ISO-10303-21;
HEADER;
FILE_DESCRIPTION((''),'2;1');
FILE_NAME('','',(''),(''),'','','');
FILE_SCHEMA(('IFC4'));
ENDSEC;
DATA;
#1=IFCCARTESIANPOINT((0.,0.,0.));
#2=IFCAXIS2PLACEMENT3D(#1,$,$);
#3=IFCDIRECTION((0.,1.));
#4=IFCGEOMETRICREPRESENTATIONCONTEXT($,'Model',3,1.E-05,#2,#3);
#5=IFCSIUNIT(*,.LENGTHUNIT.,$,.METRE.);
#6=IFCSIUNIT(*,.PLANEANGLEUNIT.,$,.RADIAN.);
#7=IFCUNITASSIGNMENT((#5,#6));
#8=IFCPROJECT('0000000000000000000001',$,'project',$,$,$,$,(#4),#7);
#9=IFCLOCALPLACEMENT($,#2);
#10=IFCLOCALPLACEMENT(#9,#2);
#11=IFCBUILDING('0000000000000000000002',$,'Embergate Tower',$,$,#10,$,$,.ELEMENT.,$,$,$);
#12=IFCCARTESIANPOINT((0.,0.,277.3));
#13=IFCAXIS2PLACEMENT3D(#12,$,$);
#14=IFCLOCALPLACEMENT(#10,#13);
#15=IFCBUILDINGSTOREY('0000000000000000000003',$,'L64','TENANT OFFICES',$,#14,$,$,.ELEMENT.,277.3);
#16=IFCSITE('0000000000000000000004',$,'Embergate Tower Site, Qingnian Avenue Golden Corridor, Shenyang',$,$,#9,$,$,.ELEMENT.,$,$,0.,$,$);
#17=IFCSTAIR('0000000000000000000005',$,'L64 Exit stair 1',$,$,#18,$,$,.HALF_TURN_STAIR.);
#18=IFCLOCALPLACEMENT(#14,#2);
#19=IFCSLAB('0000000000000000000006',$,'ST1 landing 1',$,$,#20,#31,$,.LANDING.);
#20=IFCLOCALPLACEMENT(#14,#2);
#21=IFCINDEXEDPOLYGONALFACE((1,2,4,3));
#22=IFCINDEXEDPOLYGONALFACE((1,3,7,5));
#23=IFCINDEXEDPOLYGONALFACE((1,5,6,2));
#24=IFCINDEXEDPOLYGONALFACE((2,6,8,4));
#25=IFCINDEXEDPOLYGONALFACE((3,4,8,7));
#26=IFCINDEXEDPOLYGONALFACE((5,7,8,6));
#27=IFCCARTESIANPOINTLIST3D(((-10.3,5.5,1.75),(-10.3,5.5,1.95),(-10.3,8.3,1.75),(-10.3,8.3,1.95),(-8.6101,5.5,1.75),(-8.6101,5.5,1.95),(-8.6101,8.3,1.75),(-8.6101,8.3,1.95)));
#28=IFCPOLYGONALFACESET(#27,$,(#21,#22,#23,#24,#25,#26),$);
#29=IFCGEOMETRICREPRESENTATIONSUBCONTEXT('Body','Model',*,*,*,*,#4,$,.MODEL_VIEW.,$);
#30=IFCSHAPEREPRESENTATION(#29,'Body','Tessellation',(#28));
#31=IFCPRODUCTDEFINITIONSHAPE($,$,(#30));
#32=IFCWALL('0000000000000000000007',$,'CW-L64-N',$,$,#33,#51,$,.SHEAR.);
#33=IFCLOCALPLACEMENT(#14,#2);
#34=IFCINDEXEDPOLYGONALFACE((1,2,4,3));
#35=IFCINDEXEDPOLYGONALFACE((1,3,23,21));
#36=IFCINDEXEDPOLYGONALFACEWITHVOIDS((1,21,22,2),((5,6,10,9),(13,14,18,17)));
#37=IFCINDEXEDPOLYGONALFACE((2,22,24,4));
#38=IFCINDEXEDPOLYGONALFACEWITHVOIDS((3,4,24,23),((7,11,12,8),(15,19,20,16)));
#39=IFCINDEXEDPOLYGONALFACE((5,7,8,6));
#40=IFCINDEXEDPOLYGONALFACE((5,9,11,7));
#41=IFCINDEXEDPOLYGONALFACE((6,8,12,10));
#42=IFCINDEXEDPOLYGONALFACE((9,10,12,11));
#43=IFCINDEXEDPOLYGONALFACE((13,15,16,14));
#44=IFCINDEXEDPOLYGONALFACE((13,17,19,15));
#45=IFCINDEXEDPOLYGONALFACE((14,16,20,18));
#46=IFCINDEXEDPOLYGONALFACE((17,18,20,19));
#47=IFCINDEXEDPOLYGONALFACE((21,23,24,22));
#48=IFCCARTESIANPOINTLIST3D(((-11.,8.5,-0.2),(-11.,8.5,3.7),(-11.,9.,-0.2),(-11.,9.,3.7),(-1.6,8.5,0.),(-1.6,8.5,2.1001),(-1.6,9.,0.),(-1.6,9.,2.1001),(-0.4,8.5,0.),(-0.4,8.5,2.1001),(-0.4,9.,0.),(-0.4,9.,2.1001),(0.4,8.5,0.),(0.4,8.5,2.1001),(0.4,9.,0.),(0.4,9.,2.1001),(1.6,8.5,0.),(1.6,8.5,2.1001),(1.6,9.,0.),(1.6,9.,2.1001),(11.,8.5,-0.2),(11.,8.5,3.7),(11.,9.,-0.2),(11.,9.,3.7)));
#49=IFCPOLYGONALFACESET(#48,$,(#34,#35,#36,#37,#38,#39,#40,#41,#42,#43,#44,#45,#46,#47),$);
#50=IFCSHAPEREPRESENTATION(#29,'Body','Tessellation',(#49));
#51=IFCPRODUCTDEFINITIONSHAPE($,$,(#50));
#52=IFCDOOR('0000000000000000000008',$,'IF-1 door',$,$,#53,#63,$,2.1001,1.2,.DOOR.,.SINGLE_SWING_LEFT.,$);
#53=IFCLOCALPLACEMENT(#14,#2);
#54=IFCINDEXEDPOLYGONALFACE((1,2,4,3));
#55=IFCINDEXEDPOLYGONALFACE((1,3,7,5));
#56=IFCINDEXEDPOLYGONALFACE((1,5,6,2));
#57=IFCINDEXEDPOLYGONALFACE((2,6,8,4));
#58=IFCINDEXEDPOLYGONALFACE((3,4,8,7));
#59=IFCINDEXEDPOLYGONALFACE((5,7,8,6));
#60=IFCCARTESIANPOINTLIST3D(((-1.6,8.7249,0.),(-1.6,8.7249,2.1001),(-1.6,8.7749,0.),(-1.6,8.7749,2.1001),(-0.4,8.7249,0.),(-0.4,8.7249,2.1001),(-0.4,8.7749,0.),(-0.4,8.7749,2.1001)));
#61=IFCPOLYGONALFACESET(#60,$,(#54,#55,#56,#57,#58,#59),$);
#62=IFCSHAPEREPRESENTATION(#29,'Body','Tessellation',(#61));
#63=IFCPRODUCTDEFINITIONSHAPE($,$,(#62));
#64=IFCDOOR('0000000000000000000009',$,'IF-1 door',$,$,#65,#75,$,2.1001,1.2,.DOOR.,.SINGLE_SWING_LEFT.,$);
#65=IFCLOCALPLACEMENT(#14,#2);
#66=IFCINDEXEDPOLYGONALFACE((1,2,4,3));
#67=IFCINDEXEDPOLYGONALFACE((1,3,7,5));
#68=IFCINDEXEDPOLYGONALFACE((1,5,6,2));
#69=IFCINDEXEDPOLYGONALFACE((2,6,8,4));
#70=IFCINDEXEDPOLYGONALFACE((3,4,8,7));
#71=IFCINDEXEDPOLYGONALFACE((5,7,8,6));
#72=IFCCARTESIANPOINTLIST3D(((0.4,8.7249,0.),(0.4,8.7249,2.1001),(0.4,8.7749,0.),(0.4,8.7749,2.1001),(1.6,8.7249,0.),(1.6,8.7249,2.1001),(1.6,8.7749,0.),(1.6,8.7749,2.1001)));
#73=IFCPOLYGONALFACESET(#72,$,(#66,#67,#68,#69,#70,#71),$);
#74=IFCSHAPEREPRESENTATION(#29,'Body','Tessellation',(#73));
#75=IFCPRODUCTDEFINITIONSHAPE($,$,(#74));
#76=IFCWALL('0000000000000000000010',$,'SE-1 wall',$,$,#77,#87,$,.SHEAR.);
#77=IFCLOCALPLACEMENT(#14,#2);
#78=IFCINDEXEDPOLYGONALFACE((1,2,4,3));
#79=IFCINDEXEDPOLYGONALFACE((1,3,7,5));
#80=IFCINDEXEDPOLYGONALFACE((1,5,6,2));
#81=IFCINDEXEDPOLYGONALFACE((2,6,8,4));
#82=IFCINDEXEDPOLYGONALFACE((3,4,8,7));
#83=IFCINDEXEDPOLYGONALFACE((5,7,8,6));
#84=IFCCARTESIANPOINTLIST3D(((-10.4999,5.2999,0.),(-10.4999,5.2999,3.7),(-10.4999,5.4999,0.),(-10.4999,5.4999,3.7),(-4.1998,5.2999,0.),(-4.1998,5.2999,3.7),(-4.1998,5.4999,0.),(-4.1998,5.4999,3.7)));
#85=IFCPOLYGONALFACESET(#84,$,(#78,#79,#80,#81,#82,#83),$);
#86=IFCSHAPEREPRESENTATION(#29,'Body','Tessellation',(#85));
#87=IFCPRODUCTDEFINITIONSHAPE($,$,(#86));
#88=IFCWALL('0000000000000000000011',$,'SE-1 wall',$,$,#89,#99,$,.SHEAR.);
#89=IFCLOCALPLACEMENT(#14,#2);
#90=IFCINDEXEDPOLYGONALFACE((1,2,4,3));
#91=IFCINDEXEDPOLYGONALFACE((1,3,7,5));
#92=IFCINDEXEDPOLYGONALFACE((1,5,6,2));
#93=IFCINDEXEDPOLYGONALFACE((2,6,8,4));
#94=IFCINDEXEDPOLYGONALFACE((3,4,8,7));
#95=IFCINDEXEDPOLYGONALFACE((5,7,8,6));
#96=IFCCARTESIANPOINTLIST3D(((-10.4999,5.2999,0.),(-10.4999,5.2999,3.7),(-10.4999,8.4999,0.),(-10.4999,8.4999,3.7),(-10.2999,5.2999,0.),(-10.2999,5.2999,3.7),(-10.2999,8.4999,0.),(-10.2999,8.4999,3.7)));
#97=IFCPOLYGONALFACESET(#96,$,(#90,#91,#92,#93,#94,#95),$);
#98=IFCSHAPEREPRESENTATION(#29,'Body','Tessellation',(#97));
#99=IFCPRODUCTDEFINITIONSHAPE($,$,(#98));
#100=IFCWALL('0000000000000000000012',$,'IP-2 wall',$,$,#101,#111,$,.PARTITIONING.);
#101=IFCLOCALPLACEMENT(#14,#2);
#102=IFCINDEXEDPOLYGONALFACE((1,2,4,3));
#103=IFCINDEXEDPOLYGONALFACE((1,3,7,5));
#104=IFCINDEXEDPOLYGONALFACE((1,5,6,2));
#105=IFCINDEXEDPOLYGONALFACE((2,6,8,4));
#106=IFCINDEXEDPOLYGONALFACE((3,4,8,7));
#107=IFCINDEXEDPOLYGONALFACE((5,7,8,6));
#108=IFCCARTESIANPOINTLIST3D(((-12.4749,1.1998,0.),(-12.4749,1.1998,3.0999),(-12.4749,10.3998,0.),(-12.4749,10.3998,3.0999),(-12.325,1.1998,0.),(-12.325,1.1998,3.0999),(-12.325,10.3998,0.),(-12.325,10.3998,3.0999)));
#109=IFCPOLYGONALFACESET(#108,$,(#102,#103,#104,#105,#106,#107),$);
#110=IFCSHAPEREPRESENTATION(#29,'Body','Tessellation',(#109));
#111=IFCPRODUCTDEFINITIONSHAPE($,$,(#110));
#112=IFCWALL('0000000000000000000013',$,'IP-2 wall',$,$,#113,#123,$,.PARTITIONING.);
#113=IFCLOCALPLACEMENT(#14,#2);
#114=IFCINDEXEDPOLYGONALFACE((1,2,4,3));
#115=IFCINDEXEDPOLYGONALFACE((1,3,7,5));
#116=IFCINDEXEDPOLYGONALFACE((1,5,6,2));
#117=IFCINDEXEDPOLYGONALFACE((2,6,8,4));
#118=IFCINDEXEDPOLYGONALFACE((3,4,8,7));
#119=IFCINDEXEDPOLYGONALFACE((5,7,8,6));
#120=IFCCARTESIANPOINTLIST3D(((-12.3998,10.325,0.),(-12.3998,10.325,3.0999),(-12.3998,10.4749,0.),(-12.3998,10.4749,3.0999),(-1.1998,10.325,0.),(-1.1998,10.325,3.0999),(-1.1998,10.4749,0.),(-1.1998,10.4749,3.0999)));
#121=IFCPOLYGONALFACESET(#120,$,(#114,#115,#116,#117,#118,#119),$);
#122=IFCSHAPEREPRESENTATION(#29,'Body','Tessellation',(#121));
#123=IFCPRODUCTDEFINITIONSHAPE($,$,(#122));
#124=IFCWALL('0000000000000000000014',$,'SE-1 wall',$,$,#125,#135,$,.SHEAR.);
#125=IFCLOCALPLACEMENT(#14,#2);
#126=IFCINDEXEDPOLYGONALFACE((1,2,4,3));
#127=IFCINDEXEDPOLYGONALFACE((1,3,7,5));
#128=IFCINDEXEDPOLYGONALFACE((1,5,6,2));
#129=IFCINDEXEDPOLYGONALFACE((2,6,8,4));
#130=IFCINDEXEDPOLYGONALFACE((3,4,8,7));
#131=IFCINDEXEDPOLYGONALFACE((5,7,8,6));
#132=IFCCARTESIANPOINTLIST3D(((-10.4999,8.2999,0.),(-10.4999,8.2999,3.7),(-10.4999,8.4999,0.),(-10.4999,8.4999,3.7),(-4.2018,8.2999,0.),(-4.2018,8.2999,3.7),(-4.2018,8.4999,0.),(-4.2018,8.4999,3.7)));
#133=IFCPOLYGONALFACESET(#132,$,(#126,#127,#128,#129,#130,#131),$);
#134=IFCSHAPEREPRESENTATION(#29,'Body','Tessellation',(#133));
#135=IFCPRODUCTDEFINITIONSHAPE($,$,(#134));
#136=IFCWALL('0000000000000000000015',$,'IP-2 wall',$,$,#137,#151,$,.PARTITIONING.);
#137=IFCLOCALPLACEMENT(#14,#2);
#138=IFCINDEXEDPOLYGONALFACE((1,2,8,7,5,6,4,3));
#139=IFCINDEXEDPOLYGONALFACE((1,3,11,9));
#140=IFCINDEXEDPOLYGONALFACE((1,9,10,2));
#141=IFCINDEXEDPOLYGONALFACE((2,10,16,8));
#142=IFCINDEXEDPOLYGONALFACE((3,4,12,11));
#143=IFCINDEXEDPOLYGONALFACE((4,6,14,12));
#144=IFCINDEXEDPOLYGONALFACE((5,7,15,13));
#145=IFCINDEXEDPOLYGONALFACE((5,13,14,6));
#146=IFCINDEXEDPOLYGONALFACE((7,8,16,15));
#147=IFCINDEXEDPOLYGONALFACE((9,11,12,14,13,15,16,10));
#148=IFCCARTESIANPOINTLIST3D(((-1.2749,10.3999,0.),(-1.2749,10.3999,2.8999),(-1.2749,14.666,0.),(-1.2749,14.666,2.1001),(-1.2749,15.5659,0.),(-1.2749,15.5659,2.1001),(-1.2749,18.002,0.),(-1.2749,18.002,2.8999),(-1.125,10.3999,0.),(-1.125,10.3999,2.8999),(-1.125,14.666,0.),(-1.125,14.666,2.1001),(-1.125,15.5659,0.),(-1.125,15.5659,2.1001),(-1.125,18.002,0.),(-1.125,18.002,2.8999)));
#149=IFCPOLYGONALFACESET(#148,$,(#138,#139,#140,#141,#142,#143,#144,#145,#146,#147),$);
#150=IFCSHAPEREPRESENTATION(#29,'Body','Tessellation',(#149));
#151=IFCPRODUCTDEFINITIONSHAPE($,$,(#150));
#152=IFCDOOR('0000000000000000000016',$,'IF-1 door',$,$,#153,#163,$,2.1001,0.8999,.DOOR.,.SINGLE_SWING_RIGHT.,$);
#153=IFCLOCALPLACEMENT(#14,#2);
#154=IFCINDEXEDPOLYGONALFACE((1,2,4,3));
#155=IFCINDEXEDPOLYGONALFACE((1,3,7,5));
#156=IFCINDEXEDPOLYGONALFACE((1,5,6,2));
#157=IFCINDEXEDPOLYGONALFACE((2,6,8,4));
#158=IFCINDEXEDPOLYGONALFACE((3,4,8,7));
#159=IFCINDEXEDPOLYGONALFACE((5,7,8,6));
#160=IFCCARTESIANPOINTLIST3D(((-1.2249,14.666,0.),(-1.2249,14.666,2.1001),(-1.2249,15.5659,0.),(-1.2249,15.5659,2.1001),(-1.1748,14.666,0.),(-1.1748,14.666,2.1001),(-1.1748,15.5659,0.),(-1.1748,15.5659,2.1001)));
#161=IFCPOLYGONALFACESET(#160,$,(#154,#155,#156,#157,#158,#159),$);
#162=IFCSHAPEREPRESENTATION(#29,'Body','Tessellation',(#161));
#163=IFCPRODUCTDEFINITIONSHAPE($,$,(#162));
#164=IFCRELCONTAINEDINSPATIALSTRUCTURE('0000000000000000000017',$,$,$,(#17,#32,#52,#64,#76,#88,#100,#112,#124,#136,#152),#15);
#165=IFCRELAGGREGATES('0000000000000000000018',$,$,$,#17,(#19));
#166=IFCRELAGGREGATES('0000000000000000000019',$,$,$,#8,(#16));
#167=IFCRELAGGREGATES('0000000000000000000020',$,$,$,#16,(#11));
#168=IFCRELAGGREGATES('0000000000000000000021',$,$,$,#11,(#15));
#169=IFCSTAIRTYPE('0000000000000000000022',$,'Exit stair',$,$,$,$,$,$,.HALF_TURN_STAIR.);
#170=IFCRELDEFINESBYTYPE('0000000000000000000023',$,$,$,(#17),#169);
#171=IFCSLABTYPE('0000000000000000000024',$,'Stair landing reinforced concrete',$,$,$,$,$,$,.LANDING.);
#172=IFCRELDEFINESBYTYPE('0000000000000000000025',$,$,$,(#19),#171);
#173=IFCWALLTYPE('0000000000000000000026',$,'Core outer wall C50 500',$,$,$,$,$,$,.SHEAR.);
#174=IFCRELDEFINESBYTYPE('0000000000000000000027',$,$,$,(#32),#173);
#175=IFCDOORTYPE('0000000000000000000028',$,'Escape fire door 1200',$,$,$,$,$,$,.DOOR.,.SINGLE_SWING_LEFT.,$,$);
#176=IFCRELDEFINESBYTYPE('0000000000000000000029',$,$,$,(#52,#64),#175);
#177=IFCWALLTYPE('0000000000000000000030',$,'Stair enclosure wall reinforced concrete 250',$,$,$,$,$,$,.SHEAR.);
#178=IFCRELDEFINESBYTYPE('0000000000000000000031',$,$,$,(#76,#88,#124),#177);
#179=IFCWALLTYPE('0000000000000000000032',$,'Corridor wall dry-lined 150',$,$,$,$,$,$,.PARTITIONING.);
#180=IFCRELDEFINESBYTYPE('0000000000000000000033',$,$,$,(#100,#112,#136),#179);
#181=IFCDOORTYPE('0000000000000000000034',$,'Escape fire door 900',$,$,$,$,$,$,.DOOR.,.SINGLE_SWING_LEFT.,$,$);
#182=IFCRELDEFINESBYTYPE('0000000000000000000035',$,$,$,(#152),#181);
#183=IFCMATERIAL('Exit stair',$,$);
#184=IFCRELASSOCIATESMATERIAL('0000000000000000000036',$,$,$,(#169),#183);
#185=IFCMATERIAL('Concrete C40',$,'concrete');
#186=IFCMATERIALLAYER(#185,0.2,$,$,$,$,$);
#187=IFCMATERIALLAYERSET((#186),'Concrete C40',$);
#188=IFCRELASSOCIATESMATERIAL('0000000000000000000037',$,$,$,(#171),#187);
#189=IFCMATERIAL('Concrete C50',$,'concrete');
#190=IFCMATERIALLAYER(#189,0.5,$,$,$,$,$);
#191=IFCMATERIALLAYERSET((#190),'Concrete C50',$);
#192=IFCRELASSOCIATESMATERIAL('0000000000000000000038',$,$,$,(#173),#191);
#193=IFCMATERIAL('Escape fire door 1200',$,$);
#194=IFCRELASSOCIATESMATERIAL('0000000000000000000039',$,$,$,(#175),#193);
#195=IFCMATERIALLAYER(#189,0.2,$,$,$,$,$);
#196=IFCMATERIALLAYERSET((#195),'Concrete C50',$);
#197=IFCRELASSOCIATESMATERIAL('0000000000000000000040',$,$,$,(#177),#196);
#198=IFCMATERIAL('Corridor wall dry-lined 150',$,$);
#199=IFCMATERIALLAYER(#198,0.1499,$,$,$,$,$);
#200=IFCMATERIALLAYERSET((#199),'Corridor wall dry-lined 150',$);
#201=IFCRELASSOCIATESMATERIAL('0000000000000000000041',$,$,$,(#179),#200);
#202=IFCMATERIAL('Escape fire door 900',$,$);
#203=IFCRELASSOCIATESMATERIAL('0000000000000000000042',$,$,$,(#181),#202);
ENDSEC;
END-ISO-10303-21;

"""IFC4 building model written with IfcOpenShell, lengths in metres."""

from ifc_helpers import new_model, si_unit, direction, frame, frame_2d, origin, place, context, subcontext, project, spatial, polyline, rectangle, outline, extrude, source, transform, mapped, material, layer, layer_set, type_object, element, fill, aggregate, save


model = new_model("IFC4")

# Units and contexts
model_context = context("Model", 3, precision=1e-05, world=origin(), true_north=direction((0.0, 1.0)))
body_context = subcontext(model_context, "Body", "Model", "MODEL_VIEW")
ifc_project = project(units=[si_unit("LENGTHUNIT", "METRE"), si_unit("PLANEANGLEUNIT", "RADIAN")], contexts=[model_context])

# Site, building, storey
site_placement = place(None, origin())
site = spatial("IfcSite", under=ifc_project, at=site_placement, Name="Embergate Tower Site, Qingnian Avenue Golden Corridor, Shenyang", CompositionType="ELEMENT", RefElevation=0.0)
building_placement = place(site_placement, origin())
building = spatial("IfcBuilding", under=site, at=building_placement, Name="Embergate Tower", CompositionType="ELEMENT")
storey_placement = place(building_placement, frame((0.0, 0.0, 277.3)))
storey = spatial("IfcBuildingStorey", under=building, at=storey_placement, Name="L64", Description="TENANT OFFICES", CompositionType="ELEMENT", Elevation=277.3)

# Stair, slab
ifc_material_1 = material(Name="Exit stair")
stair_type = type_object("IfcStairType", Name="Exit stair", PredefinedType="HALF_TURN_STAIR", material=ifc_material_1)
stair_placement = place(storey_placement, origin())
stair = element("IfcStair", 1, at=stair_placement, inside=storey, type_object=stair_type, Name="L64 Exit stair 1", PredefinedType="HALF_TURN_STAIR")
ifc_material_2 = material(Name="Concrete C40", Category="concrete")
ifc_layer_1 = layer(ifc_material_2, 0.2)
ifc_layer_set_1 = layer_set([ifc_layer_1], Name="Concrete C40")
slab_type = type_object("IfcSlabType", Name="Stair landing reinforced concrete", PredefinedType="LANDING", material=ifc_layer_set_1)
shared_shape_1 = source(origin(), body_context, "Body", "SweptSolid", [
    extrude(outline(polyline([(0.0, 0.0), (1.6899, 0.0), (1.6899, 2.8), (0.0, 2.8), (0.0, 0.0)])), origin(), (0.0, 0.0, 1.0), 0.2),
])
slab_placement = place(storey_placement, frame((-10.3, 5.5, 1.75)))
slab = element("IfcSlab", 2, at=slab_placement, type_object=slab_type, Name="ST1 landing 1", PredefinedType="LANDING", context=body_context, shape_type="MappedRepresentation", body=[
    mapped(shared_shape_1, transform((0.0, 0.0, 0.0))),
])

# Wall, openings, doors
ifc_material_3 = material(Name="Concrete C50", Category="concrete")
ifc_layer_2 = layer(ifc_material_3, 0.5)
ifc_layer_set_2 = layer_set([ifc_layer_2], Name="Concrete C50")
wall_type_1 = type_object("IfcWallType", Name="Core outer wall C50 500", PredefinedType="SHEAR", material=ifc_layer_set_2)
shared_shape_2 = source(origin(), body_context, "Body", "SweptSolid", [
    extrude(rectangle(XDim=22.0, YDim=0.5, at=frame_2d((11.0, 0.0))), origin(), (0.0, 0.0, 1.0), 3.8999),
])
wall_1_placement = place(storey_placement, frame((-11.0, 8.75, -0.2), z_axis=(0.0, 0.0, 1.0), x_axis=(1.0, 0.0, 0.0)))
wall_1 = element("IfcWall", 3, at=wall_1_placement, inside=storey, type_object=wall_type_1, Name="CW-L64-N", PredefinedType="SHEAR", context=body_context, shape_type="MappedRepresentation", body=[
    mapped(shared_shape_2, transform((0.0, 0.0, 0.0))),
])
shared_shape_3 = source(origin(), body_context, "Body", "SweptSolid", [
    extrude(rectangle(XDim=1.2, YDim=2.1001, at=frame_2d((0.6001, 1.05))), frame((0.0, 0.26, 0.0), z_axis=(0.0, -1.0, 0.0), x_axis=(1.0, 0.0, 0.0)), (0.0, 0.0, 1.0), 0.52),
])
opening_1_placement = place(wall_1_placement, frame((9.3999, 0.0, 0.2)))
opening_1 = element("IfcOpeningElement", 4, at=opening_1_placement, cuts=wall_1, PredefinedType="OPENING", context=body_context, shape_type="MappedRepresentation", body=[
    mapped(shared_shape_3, transform((0.0, 0.0, 0.0))),
])
opening_2_placement = place(wall_1_placement, frame((11.3999, 0.0, 0.2)))
opening_2 = element("IfcOpeningElement", 5, at=opening_2_placement, cuts=wall_1, PredefinedType="OPENING", context=body_context, shape_type="MappedRepresentation", body=[
    mapped(shared_shape_3, transform((0.0, 0.0, 0.0))),
])
ifc_material_4 = material(Name="Escape fire door 1200")
door_type_1 = type_object("IfcDoorType", Name="Escape fire door 1200", OperationType="SINGLE_SWING_LEFT", PredefinedType="DOOR", material=ifc_material_4)
shared_shape_4 = source(origin(), body_context, "Body", "SweptSolid", [
    extrude(rectangle(XDim=1.2, YDim=2.1001, at=frame_2d((0.6001, 1.05))), frame((0.0, 0.0249, 0.0), z_axis=(0.0, -1.0, 0.0), x_axis=(1.0, 0.0, 0.0)), (0.0, 0.0, 1.0), 0.05),
])
door_1_placement = place(opening_1_placement, origin())
door_1 = element("IfcDoor", 6, at=door_1_placement, inside=storey, type_object=door_type_1, Name="IF-1 door", OperationType="SINGLE_SWING_LEFT", OverallHeight=2.1001, OverallWidth=1.2, PredefinedType="DOOR", context=body_context, shape_type="MappedRepresentation", body=[
    mapped(shared_shape_4, transform((0.0, 0.0, 0.0))),
])
fill(opening_1, door_1)
door_2_placement = place(opening_2_placement, origin())
door_2 = element("IfcDoor", 7, at=door_2_placement, inside=storey, type_object=door_type_1, Name="IF-1 door", OperationType="SINGLE_SWING_LEFT", OverallHeight=2.1001, OverallWidth=1.2, PredefinedType="DOOR", context=body_context, shape_type="MappedRepresentation", body=[
    mapped(shared_shape_4, transform((0.0, 0.0, 0.0))),
])
fill(opening_2, door_2)

# Walls
ifc_layer_3 = layer(ifc_material_3, 0.2)
ifc_layer_set_3 = layer_set([ifc_layer_3], Name="Concrete C50")
wall_type_2 = type_object("IfcWallType", Name="Stair enclosure wall reinforced concrete 250", PredefinedType="SHEAR", material=ifc_layer_set_3)
shared_shape_5 = source(origin(), body_context, "Body", "SweptSolid", [
    extrude(rectangle(XDim=6.3, YDim=0.2, at=frame_2d((3.1499, 0.0))), origin(), (0.0, 0.0, 1.0), 3.7),
])
wall_2_placement = place(storey_placement, frame((-4.2, 5.3999, 0.0), z_axis=(0.0, 0.0, 1.0), x_axis=(-1.0, 0.0, 0.0)))
element("IfcWall", 8, at=wall_2_placement, inside=storey, type_object=wall_type_2, Name="SE-1 wall", PredefinedType="SHEAR", context=body_context, shape_type="MappedRepresentation", body=[
    mapped(shared_shape_5, transform((0.0, 0.0, 0.0))),
])
shared_shape_6 = source(origin(), body_context, "Body", "SweptSolid", [
    extrude(rectangle(XDim=3.2, YDim=0.2, at=frame_2d((1.6001, 0.0))), origin(), (0.0, 0.0, 1.0), 3.7),
])
wall_3_placement = place(storey_placement, frame((-10.3999, 8.5, 0.0), z_axis=(0.0, 0.0, 1.0), x_axis=(0.0, -1.0, 0.0)))
element("IfcWall", 9, at=wall_3_placement, inside=storey, type_object=wall_type_2, Name="SE-1 wall", PredefinedType="SHEAR", context=body_context, shape_type="MappedRepresentation", body=[
    mapped(shared_shape_6, transform((0.0, 0.0, 0.0))),
])
ifc_material_5 = material(Name="Corridor wall dry-lined 150")
ifc_layer_4 = layer(ifc_material_5, 0.1499)
ifc_layer_set_4 = layer_set([ifc_layer_4], Name="Corridor wall dry-lined 150")
wall_type_3 = type_object("IfcWallType", Name="Corridor wall dry-lined 150", PredefinedType="PARTITIONING", material=ifc_layer_set_4)
shared_shape_7 = source(origin(), body_context, "Body", "SweptSolid", [
    extrude(rectangle(XDim=9.2, YDim=0.1499, at=frame_2d((4.6001, 0.0))), origin(), (0.0, 0.0, 1.0), 3.0999),
])
wall_4_placement = place(storey_placement, frame((-12.3999, 10.3999, 0.0), z_axis=(0.0, 0.0, 1.0), x_axis=(0.0, -1.0, 0.0)))
element("IfcWall", 10, at=wall_4_placement, inside=storey, type_object=wall_type_3, Name="IP-2 wall", PredefinedType="PARTITIONING", context=body_context, shape_type="MappedRepresentation", body=[
    mapped(shared_shape_7, transform((0.0, 0.0, 0.0))),
])
shared_shape_8 = source(origin(), body_context, "Body", "SweptSolid", [
    extrude(rectangle(XDim=11.2, YDim=0.1499, at=frame_2d((5.6001, 0.0))), origin(), (0.0, 0.0, 1.0), 3.0999),
])
wall_5_placement = place(storey_placement, frame((-12.3999, 10.3999, 0.0), z_axis=(0.0, 0.0, 1.0), x_axis=(1.0, 0.0, 0.0)))
element("IfcWall", 11, at=wall_5_placement, inside=storey, type_object=wall_type_3, Name="IP-2 wall", PredefinedType="PARTITIONING", context=body_context, shape_type="MappedRepresentation", body=[
    mapped(shared_shape_8, transform((0.0, 0.0, 0.0))),
])
shared_shape_9 = source(origin(), body_context, "Body", "SweptSolid", [
    extrude(rectangle(XDim=6.2981, YDim=0.2, at=frame_2d((3.1489, 0.0))), origin(), (0.0, 0.0, 1.0), 3.7),
])
wall_6_placement = place(storey_placement, frame((-4.2019, 8.3999, 0.0), z_axis=(0.0, 0.0, 1.0), x_axis=(-1.0, 0.0, 0.0)))
element("IfcWall", 12, at=wall_6_placement, inside=storey, type_object=wall_type_2, Name="SE-1 wall", PredefinedType="SHEAR", context=body_context, shape_type="MappedRepresentation", body=[
    mapped(shared_shape_9, transform((0.0, 0.0, 0.0))),
])

# Wall, opening, door
shared_shape_10 = source(origin(), body_context, "Body", "SweptSolid", [
    extrude(rectangle(XDim=7.6021, YDim=0.1499, at=frame_2d((3.801, 0.0))), origin(), (0.0, 0.0, 1.0), 2.8999),
])
wall_7_placement = place(storey_placement, frame((-1.2, 10.3999, 0.0), z_axis=(0.0, 0.0, 1.0), x_axis=(0.0, 1.0, 0.0)))
wall_7 = element("IfcWall", 13, at=wall_7_placement, inside=storey, type_object=wall_type_3, Name="IP-2 wall", PredefinedType="PARTITIONING", context=body_context, shape_type="MappedRepresentation", body=[
    mapped(shared_shape_10, transform((0.0, 0.0, 0.0))),
])
shared_shape_11 = source(origin(), body_context, "Body", "SweptSolid", [
    extrude(rectangle(XDim=0.8999, YDim=2.1001, at=frame_2d((0.45, 1.05))), frame((0.0, 0.085, 0.0), z_axis=(0.0, -1.0, 0.0), x_axis=(1.0, 0.0, 0.0)), (0.0, 0.0, 1.0), 0.1699),
])
opening_3_placement = place(wall_7_placement, frame((4.2661, 0.0, 0.0)))
opening_3 = element("IfcOpeningElement", 14, at=opening_3_placement, cuts=wall_7, PredefinedType="OPENING", context=body_context, shape_type="MappedRepresentation", body=[
    mapped(shared_shape_11, transform((0.0, 0.0, 0.0))),
])
ifc_material_6 = material(Name="Escape fire door 900")
door_type_2 = type_object("IfcDoorType", Name="Escape fire door 900", OperationType="SINGLE_SWING_LEFT", PredefinedType="DOOR", material=ifc_material_6)
shared_shape_12 = source(origin(), body_context, "Body", "SweptSolid", [
    extrude(rectangle(XDim=0.8999, YDim=2.1001, at=frame_2d((0.45, 1.05))), frame((0.0, 0.0249, 0.0), z_axis=(0.0, -1.0, 0.0), x_axis=(1.0, 0.0, 0.0)), (0.0, 0.0, 1.0), 0.05),
])
door_3_placement = place(opening_3_placement, origin())
door_3 = element("IfcDoor", 15, at=door_3_placement, inside=storey, type_object=door_type_2, Name="IF-1 door", OperationType="SINGLE_SWING_RIGHT", OverallHeight=2.1001, OverallWidth=0.8999, PredefinedType="DOOR", context=body_context, shape_type="MappedRepresentation", body=[
    mapped(shared_shape_12, transform((0.0, 0.0, 0.0))),
])
fill(opening_3, door_3)

aggregate(stair, [slab])

save(model, "model.ifc")
